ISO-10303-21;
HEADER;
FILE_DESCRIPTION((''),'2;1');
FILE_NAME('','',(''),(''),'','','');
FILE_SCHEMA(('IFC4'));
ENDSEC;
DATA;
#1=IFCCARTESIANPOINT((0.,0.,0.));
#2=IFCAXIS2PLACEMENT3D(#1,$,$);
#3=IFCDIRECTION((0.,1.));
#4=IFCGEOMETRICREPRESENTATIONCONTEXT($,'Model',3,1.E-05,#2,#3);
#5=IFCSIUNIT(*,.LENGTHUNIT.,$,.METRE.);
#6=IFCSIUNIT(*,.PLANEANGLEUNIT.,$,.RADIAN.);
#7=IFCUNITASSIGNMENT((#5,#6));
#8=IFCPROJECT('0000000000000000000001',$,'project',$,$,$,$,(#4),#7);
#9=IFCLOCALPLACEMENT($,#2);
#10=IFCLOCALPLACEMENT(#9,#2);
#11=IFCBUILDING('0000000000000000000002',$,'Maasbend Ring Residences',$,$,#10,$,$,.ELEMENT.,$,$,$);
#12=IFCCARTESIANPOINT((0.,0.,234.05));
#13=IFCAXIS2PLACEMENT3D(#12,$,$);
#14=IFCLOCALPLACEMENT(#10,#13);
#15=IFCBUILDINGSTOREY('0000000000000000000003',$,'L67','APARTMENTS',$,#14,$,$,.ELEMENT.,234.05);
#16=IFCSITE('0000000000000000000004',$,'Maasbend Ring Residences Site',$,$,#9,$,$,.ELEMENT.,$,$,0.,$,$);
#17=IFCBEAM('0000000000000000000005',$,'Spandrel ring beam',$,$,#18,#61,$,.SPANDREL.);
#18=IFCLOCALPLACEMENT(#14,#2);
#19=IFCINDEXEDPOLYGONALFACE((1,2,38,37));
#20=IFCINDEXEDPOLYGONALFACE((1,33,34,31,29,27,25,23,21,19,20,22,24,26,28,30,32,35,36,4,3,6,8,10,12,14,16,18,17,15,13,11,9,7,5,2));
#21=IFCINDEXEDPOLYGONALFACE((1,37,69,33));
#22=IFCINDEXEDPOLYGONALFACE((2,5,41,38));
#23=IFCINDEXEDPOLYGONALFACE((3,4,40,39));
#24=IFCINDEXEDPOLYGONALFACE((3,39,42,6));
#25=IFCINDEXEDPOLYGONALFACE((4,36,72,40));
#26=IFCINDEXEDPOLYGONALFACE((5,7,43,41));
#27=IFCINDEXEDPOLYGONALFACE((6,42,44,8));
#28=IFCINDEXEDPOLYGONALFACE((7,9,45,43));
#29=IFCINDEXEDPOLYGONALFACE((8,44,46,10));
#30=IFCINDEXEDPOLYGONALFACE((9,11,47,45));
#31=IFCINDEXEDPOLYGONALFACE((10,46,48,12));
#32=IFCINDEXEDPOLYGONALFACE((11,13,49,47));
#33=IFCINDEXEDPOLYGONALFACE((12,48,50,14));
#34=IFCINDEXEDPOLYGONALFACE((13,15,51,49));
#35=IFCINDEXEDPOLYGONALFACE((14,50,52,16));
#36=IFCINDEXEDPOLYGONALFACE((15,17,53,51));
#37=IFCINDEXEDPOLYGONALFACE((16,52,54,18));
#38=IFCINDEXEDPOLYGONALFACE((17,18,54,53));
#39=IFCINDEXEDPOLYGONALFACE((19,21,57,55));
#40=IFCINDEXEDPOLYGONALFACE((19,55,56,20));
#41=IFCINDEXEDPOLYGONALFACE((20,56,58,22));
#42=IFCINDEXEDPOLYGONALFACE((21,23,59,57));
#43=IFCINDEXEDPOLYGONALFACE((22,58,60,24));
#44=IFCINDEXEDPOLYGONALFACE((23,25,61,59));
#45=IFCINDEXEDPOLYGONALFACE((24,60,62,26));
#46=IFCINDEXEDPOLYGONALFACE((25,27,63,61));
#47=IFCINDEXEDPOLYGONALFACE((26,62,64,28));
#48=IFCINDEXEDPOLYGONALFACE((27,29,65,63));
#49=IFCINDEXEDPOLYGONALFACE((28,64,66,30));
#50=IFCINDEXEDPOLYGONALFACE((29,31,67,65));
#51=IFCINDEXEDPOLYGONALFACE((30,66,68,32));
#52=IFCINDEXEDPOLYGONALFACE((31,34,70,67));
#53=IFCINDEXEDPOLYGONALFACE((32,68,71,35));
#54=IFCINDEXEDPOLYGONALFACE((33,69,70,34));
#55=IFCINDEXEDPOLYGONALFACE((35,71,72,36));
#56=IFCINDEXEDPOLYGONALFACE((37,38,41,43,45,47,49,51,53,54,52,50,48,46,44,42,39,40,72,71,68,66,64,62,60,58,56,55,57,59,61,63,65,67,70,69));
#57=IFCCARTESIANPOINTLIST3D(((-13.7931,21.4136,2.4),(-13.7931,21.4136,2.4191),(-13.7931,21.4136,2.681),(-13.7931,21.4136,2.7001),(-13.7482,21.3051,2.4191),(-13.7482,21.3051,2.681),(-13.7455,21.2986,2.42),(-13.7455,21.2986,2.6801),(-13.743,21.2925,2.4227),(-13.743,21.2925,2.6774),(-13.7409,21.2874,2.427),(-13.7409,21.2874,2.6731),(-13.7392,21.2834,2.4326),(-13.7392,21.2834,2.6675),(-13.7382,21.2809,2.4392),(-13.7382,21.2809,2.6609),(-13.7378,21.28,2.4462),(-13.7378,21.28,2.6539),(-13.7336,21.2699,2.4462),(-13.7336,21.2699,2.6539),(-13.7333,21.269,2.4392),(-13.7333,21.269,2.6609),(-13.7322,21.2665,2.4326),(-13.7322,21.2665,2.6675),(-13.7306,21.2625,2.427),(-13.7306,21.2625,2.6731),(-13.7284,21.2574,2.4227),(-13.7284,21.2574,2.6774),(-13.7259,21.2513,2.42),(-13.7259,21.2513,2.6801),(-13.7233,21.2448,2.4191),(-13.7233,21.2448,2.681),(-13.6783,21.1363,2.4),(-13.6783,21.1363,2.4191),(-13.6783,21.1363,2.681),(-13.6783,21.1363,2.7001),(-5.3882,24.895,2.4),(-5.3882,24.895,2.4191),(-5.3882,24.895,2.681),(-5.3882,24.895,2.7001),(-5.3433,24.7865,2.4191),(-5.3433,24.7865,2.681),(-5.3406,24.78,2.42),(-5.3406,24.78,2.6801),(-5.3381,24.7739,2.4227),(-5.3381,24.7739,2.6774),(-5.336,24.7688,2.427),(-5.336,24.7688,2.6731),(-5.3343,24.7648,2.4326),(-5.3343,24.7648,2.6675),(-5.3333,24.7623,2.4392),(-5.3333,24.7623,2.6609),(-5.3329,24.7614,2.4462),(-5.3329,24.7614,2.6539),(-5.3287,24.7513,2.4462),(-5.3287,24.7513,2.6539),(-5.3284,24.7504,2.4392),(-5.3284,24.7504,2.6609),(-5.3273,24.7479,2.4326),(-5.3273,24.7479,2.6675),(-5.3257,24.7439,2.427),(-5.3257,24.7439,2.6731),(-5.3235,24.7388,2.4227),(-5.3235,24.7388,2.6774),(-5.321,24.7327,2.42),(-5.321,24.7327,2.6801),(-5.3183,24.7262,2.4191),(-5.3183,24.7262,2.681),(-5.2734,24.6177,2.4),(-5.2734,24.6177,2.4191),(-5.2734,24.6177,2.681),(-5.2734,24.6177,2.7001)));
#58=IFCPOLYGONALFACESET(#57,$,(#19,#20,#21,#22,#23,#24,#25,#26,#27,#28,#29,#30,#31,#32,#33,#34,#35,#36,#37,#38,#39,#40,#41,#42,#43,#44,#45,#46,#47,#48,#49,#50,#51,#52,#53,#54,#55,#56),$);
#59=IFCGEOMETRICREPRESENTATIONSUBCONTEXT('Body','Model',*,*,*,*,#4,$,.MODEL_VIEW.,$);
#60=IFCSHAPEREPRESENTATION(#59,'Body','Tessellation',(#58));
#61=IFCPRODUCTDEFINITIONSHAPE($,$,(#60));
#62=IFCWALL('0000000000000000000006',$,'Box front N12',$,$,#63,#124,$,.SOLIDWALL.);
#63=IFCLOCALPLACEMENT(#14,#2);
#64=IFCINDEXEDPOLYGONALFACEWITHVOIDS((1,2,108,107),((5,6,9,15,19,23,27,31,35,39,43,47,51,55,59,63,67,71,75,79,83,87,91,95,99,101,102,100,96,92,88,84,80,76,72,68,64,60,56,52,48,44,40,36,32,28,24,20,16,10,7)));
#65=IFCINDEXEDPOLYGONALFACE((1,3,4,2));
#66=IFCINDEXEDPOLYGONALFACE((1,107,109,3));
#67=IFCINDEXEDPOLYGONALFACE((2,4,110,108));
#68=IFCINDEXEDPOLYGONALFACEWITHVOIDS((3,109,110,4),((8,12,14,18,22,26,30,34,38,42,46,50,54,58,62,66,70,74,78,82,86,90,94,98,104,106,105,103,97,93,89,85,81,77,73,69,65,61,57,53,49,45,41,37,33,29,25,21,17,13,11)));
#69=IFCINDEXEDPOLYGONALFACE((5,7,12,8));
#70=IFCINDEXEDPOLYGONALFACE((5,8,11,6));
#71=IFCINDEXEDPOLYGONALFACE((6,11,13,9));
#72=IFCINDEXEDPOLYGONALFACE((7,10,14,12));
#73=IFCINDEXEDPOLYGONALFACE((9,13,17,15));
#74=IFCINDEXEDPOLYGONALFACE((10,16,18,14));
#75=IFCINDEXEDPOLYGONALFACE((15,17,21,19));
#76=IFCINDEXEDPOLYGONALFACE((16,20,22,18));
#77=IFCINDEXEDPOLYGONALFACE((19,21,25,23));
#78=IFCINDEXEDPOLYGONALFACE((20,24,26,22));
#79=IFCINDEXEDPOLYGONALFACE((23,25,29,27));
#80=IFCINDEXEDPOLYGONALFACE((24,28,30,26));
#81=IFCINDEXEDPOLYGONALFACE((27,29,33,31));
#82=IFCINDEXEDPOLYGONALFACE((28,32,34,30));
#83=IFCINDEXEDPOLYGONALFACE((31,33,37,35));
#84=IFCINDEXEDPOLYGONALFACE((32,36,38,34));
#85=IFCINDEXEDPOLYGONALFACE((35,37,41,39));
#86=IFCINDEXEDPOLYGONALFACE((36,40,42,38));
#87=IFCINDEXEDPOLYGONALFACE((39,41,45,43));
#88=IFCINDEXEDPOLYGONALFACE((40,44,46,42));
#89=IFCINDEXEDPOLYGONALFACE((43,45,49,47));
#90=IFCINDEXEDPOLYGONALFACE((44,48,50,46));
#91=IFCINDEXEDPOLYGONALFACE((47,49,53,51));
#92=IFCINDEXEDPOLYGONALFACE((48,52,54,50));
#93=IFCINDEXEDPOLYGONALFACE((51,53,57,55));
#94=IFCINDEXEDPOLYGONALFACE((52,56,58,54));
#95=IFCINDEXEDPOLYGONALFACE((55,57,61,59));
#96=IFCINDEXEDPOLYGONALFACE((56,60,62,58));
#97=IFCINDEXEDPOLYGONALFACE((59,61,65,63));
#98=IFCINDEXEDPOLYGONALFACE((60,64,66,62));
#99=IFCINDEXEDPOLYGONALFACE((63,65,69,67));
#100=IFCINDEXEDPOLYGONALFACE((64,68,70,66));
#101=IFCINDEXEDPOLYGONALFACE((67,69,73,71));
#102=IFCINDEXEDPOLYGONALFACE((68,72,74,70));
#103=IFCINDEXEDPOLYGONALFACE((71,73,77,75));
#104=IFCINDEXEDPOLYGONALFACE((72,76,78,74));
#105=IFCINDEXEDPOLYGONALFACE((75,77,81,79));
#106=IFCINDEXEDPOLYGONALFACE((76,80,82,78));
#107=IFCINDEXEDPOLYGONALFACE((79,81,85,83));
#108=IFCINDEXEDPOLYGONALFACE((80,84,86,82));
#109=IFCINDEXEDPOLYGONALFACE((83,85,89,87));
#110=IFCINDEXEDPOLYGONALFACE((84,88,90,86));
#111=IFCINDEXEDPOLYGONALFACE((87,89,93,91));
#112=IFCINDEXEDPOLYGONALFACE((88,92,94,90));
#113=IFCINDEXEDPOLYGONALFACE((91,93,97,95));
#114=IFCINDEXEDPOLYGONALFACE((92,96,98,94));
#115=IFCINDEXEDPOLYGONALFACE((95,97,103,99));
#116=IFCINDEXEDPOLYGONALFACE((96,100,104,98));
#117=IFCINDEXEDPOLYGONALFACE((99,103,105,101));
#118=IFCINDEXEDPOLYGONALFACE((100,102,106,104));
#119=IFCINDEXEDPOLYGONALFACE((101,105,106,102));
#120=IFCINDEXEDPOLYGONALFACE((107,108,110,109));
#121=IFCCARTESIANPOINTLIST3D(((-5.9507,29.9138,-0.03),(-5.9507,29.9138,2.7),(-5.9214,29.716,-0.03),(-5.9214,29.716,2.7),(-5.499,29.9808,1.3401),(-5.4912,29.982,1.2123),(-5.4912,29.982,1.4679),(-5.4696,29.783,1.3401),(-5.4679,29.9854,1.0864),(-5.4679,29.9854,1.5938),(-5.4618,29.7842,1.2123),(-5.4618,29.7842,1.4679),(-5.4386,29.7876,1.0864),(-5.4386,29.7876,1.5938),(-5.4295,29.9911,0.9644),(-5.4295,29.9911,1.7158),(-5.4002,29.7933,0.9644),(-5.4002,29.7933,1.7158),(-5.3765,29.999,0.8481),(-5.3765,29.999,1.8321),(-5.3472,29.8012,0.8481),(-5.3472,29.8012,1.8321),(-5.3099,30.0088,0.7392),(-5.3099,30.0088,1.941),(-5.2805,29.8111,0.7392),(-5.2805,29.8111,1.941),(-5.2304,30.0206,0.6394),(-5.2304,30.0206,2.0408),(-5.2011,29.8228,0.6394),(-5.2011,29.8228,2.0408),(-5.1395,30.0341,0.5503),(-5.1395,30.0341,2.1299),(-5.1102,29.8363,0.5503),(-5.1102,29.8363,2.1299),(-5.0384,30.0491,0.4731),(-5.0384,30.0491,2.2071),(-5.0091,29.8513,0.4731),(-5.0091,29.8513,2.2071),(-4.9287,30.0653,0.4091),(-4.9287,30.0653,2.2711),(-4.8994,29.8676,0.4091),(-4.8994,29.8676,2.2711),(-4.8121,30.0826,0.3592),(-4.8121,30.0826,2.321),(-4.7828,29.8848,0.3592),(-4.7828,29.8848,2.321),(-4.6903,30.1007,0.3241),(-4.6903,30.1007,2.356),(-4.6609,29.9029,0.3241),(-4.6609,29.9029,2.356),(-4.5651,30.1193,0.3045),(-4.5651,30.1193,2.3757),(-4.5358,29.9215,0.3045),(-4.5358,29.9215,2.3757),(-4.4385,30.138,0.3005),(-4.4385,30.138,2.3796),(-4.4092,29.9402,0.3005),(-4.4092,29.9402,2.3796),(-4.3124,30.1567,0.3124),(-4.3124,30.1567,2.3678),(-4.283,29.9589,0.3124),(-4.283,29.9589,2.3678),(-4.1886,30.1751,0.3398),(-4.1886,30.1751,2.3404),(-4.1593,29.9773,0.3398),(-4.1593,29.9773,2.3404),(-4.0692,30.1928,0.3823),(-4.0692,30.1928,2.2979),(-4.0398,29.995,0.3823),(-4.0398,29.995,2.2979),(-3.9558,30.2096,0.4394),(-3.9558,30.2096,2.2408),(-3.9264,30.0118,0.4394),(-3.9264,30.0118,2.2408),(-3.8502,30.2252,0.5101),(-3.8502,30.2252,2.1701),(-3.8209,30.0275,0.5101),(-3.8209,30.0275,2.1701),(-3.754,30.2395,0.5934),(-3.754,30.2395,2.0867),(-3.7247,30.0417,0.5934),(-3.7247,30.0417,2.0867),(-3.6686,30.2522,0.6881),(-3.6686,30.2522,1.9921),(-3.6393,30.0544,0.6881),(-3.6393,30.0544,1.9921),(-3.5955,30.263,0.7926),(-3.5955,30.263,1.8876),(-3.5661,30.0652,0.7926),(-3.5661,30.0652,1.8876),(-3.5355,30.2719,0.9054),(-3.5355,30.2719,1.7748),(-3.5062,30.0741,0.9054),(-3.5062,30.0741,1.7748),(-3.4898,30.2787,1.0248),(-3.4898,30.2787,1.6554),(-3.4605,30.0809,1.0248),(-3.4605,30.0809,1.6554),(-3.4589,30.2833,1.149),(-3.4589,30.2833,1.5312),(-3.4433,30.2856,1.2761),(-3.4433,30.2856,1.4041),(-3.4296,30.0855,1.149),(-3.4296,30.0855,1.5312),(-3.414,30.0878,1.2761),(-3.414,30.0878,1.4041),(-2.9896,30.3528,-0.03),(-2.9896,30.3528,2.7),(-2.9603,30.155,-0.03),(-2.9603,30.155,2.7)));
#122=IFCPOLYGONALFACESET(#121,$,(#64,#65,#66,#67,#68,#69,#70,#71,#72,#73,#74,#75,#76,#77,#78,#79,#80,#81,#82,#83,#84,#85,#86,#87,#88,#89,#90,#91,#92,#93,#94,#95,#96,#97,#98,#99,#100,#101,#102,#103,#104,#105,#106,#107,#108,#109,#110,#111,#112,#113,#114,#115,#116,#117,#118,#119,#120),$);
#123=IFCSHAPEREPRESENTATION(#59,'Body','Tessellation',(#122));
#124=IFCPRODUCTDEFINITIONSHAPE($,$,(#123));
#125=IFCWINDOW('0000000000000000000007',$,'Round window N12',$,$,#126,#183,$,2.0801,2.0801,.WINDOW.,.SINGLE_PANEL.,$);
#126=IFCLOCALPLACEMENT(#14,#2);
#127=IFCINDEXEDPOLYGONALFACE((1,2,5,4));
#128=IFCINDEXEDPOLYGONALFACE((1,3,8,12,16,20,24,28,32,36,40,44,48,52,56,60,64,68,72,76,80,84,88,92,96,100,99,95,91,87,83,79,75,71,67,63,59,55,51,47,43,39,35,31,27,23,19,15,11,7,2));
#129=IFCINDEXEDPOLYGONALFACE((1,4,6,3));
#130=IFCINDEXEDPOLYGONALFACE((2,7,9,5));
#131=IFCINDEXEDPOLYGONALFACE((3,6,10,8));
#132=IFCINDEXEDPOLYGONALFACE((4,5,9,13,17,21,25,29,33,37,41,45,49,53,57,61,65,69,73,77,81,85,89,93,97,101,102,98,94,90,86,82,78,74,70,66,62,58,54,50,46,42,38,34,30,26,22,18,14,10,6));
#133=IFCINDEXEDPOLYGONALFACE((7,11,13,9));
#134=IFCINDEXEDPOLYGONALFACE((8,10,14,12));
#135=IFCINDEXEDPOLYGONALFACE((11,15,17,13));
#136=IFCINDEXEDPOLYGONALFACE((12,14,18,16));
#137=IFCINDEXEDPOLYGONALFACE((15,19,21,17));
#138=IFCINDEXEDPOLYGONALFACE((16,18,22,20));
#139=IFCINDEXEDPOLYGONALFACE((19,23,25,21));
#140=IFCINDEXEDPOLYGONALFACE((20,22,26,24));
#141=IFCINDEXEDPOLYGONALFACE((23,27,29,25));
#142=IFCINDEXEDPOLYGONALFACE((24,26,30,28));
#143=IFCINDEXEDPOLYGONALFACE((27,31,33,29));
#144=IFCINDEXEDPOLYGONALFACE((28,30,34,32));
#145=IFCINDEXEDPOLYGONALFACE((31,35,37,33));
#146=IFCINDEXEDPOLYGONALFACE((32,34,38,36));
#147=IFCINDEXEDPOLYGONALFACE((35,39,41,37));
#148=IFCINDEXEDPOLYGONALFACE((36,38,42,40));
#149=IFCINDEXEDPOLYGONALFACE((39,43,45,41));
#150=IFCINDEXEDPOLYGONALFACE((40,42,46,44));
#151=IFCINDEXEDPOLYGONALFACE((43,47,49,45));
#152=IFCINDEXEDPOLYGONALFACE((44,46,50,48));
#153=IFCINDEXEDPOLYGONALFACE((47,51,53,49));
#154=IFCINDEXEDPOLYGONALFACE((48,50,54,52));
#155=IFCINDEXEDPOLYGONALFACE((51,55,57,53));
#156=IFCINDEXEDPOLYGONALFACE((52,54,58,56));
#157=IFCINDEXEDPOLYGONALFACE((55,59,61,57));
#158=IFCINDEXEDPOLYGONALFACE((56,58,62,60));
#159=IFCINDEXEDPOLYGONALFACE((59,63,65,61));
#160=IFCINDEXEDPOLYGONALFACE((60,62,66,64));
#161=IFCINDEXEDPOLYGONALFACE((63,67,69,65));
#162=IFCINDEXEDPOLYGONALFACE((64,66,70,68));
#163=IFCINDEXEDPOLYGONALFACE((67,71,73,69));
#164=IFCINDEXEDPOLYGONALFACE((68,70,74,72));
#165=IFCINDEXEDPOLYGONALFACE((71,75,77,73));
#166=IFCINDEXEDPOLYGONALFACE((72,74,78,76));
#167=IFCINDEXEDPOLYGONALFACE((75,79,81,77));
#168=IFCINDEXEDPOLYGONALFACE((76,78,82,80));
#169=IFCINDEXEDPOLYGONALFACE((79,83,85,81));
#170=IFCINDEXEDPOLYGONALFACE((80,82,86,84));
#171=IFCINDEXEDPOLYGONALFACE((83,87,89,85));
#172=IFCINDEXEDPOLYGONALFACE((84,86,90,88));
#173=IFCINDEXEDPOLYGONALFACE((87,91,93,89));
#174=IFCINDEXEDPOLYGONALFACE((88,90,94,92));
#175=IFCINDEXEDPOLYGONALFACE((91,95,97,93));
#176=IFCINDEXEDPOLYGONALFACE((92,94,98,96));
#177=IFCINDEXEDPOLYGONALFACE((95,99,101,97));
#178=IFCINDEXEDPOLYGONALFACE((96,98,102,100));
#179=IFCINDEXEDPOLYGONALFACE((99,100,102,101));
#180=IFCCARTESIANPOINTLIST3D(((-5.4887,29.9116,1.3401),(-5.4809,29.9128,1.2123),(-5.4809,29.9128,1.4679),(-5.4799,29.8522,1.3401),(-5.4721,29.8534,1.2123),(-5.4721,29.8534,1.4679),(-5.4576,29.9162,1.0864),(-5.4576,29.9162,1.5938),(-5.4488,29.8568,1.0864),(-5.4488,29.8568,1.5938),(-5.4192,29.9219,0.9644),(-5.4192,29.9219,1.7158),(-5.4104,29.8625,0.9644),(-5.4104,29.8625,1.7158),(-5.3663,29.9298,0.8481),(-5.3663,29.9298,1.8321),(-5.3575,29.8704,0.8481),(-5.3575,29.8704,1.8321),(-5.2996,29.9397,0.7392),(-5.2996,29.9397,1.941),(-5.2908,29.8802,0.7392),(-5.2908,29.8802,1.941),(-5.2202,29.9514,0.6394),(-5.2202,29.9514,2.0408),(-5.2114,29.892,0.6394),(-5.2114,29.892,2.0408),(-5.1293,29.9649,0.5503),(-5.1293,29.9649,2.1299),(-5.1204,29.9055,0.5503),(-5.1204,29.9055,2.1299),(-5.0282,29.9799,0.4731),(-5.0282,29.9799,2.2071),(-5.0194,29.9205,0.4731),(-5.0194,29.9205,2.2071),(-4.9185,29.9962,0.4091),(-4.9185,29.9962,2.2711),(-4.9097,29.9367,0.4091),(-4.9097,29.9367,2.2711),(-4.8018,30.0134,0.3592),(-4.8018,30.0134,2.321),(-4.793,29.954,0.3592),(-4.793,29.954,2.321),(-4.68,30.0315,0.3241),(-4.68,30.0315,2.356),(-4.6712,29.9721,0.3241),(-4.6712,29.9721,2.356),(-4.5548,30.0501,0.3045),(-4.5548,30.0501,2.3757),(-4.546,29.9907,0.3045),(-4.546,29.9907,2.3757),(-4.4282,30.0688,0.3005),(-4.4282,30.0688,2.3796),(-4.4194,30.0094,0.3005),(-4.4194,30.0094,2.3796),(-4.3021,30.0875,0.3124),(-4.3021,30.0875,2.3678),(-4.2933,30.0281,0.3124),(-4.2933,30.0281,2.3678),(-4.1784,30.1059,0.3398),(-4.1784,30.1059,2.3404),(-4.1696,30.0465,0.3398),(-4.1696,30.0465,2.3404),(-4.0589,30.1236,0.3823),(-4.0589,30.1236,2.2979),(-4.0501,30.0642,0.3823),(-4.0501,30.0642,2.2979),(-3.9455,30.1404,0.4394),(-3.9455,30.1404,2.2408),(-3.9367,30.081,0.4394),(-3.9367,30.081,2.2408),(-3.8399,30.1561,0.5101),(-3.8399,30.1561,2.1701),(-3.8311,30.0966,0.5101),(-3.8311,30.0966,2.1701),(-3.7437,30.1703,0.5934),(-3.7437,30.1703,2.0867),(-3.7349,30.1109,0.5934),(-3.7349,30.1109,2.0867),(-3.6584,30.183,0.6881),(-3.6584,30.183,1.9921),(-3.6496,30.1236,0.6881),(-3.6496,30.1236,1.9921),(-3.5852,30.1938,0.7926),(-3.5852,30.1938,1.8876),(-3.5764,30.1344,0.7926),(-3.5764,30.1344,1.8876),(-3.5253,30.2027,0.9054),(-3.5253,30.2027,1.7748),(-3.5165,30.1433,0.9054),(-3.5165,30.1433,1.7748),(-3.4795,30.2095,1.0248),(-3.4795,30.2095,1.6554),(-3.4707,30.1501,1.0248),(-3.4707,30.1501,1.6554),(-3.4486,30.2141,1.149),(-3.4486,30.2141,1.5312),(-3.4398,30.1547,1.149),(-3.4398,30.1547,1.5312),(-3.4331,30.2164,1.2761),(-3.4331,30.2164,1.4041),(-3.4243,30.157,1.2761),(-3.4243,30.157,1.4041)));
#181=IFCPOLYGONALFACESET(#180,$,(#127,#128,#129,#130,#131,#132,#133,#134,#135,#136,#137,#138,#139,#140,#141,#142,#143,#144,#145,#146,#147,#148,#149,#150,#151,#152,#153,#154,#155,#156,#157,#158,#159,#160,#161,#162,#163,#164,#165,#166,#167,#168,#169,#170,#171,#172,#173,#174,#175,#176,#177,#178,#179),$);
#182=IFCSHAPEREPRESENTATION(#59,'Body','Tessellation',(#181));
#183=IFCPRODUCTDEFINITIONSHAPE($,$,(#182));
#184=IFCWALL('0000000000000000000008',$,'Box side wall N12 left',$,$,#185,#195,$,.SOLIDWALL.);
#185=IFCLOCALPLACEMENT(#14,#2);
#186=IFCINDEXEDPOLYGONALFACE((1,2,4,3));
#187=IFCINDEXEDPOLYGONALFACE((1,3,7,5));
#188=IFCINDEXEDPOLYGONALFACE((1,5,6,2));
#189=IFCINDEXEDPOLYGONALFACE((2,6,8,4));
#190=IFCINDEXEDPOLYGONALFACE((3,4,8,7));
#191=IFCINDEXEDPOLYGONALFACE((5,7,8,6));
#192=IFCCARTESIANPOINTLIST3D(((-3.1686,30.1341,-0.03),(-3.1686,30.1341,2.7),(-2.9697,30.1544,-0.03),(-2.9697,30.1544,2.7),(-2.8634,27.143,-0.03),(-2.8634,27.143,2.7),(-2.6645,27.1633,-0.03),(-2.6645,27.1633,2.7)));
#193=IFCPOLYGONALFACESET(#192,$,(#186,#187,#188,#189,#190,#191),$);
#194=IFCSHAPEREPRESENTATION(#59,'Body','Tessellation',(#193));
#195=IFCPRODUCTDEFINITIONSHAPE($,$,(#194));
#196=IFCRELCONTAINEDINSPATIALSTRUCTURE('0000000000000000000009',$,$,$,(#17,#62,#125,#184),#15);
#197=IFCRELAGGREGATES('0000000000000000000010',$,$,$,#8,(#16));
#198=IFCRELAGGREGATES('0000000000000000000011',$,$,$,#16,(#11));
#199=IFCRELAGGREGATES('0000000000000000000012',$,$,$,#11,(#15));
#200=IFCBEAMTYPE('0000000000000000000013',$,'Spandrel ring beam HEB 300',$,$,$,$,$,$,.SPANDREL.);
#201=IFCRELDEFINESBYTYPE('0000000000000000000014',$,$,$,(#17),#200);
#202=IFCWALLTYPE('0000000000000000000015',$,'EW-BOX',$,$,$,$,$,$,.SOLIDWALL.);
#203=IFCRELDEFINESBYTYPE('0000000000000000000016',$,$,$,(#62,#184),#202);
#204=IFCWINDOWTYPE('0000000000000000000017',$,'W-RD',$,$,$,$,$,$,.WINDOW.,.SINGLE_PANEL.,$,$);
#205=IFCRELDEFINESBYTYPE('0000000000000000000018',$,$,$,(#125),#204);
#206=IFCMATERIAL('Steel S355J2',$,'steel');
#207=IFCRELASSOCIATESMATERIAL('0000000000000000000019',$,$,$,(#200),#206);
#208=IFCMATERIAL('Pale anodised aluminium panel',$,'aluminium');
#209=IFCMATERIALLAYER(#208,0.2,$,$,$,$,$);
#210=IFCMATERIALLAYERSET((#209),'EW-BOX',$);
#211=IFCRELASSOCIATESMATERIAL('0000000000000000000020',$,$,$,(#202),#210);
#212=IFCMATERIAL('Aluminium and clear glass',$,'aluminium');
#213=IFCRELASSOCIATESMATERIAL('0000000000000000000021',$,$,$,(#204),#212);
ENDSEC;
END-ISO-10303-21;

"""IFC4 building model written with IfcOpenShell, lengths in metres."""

from ifc_helpers import new_model, si_unit, direction, frame, frame_2d, origin, origin_2d, place, context, subcontext, project, spatial, rectangle, circle, i_section, extrude, material, layer, layer_set, material_profile, profile_set, type_object, element, fill, save


model = new_model("IFC4")

# Units and contexts
model_context = context("Model", 3, precision=1e-05, world=origin(), true_north=direction((0.0, 1.0)))
body_context = subcontext(model_context, "Body", "Model", "MODEL_VIEW")
ifc_project = project(units=[si_unit("LENGTHUNIT", "METRE"), si_unit("PLANEANGLEUNIT", "RADIAN")], contexts=[model_context])

# Site, building, storey
site_placement = place(None, origin())
site = spatial("IfcSite", under=ifc_project, at=site_placement, Name="Maasbend Ring Residences Site", CompositionType="ELEMENT", RefElevation=0.0)
building_placement = place(site_placement, origin())
building = spatial("IfcBuilding", under=site, at=building_placement, Name="Maasbend Ring Residences", CompositionType="ELEMENT")
storey_placement = place(building_placement, frame((0.0, 0.0, 234.05)))
storey = spatial("IfcBuildingStorey", under=building, at=storey_placement, Name="L67", Description="APARTMENTS", CompositionType="ELEMENT", Elevation=234.05)

# Beam
ifc_material_1 = material(Name="Steel S355J2", Category="steel")
ifc_material_profile_1 = material_profile(ifc_material_1, i_section(OverallWidth=0.3, OverallDepth=0.3, WebThickness=0.011, FlangeThickness=0.019, FilletRadius=0.0271, at=origin_2d()), Name="HEB 300")
ifc_profile_set_1 = profile_set([ifc_material_profile_1], Name="Steel S355J2")
beam_type = type_object("IfcBeamType", Name="Spandrel ring beam HEB 300", PredefinedType="SPANDREL", material=ifc_profile_set_1)
beam_placement = place(storey_placement, frame((-5.3308, 24.7563, 2.55), z_axis=(-0.923881, -0.38268, 0.0), x_axis=(0.38268, -0.923881, 0.0)))
element("IfcBeam", 1, at=beam_placement, inside=storey, type_object=beam_type, Name="Spandrel ring beam", PredefinedType="SPANDREL", context=body_context, shape_type="SweptSolid", body=[
    extrude(i_section(OverallWidth=0.3, OverallDepth=0.3, WebThickness=0.011, FlangeThickness=0.019, FilletRadius=0.0271, at=origin_2d()), origin(), (0.0, 0.0, 1.0), 9.0974),
])

# Wall, opening, window
ifc_material_2 = material(Name="Pale anodised aluminium panel", Category="aluminium")
ifc_layer_1 = layer(ifc_material_2, 0.2)
ifc_layer_set_1 = layer_set([ifc_layer_1], Name="EW-BOX")
wall_type_1 = type_object("IfcWallType", Name="EW-BOX", PredefinedType="SOLIDWALL", material=ifc_layer_set_1)
wall_1_placement = place(storey_placement, frame((-2.9751, 30.2539, -0.03), z_axis=(0.0, 0.0, 1.0), x_axis=(-0.989189, -0.146649, 0.0)))
wall_1 = element("IfcWall", 2, at=wall_1_placement, inside=storey, type_object=wall_type_1, Name="Box front N12", PredefinedType="SOLIDWALL", context=body_context, shape_type="SweptSolid", body=[
    extrude(rectangle(XDim=2.9934, YDim=0.2, at=frame_2d((1.4966, 0.0))), origin(), (0.0, 0.0, 1.0), 2.73),
])
opening_1_placement = place(wall_1_placement, frame((0.4565, 0.0, 0.3301)))
opening_1 = element("IfcOpeningElement", 3, at=opening_1_placement, cuts=wall_1, PredefinedType="OPENING", context=body_context, shape_type="SweptSolid", body=[
    extrude(circle(Radius=1.04, at=frame_2d((1.04, 1.04))), frame((0.0, 0.1099, 0.0), z_axis=(0.0, -1.0, 0.0), x_axis=(1.0, 0.0, 0.0)), (0.0, 0.0, 1.0), 0.22),
])
ifc_material_3 = material(Name="Aluminium and clear glass", Category="aluminium")
window_type_1 = type_object("IfcWindowType", Name="W-RD", PartitioningType="SINGLE_PANEL", PredefinedType="WINDOW", material=ifc_material_3)
window_1_placement = place(opening_1_placement, origin())
window_1 = element("IfcWindow", 4, at=window_1_placement, inside=storey, type_object=window_type_1, Name="Round window N12", OverallHeight=2.0801, OverallWidth=2.0801, PartitioningType="SINGLE_PANEL", PredefinedType="WINDOW", context=body_context, shape_type="SweptSolid", body=[
    extrude(circle(Radius=1.04, at=frame_2d((1.04, 1.04))), frame((0.0, 0.03, 0.0), z_axis=(0.0, -1.0, 0.0), x_axis=(1.0, 0.0, 0.0)), (0.0, 0.0, 1.0), 0.0601),
])
fill(opening_1, window_1)

# Wall
wall_2_placement = place(storey_placement, frame((-2.7639, 27.1531, -0.03), z_axis=(0.0, 0.0, 1.0), x_axis=(-0.101505, 0.994835, 0.0)))
element("IfcWall", 5, at=wall_2_placement, inside=storey, type_object=wall_type_1, Name="Box side wall N12 left", PredefinedType="SOLIDWALL", context=body_context, shape_type="SweptSolid", body=[
    extrude(rectangle(XDim=3.0066, YDim=0.2, at=frame_2d((1.5034, 0.0))), origin(), (0.0, 0.0, 1.0), 2.73),
])

save(model, "model.ifc")
